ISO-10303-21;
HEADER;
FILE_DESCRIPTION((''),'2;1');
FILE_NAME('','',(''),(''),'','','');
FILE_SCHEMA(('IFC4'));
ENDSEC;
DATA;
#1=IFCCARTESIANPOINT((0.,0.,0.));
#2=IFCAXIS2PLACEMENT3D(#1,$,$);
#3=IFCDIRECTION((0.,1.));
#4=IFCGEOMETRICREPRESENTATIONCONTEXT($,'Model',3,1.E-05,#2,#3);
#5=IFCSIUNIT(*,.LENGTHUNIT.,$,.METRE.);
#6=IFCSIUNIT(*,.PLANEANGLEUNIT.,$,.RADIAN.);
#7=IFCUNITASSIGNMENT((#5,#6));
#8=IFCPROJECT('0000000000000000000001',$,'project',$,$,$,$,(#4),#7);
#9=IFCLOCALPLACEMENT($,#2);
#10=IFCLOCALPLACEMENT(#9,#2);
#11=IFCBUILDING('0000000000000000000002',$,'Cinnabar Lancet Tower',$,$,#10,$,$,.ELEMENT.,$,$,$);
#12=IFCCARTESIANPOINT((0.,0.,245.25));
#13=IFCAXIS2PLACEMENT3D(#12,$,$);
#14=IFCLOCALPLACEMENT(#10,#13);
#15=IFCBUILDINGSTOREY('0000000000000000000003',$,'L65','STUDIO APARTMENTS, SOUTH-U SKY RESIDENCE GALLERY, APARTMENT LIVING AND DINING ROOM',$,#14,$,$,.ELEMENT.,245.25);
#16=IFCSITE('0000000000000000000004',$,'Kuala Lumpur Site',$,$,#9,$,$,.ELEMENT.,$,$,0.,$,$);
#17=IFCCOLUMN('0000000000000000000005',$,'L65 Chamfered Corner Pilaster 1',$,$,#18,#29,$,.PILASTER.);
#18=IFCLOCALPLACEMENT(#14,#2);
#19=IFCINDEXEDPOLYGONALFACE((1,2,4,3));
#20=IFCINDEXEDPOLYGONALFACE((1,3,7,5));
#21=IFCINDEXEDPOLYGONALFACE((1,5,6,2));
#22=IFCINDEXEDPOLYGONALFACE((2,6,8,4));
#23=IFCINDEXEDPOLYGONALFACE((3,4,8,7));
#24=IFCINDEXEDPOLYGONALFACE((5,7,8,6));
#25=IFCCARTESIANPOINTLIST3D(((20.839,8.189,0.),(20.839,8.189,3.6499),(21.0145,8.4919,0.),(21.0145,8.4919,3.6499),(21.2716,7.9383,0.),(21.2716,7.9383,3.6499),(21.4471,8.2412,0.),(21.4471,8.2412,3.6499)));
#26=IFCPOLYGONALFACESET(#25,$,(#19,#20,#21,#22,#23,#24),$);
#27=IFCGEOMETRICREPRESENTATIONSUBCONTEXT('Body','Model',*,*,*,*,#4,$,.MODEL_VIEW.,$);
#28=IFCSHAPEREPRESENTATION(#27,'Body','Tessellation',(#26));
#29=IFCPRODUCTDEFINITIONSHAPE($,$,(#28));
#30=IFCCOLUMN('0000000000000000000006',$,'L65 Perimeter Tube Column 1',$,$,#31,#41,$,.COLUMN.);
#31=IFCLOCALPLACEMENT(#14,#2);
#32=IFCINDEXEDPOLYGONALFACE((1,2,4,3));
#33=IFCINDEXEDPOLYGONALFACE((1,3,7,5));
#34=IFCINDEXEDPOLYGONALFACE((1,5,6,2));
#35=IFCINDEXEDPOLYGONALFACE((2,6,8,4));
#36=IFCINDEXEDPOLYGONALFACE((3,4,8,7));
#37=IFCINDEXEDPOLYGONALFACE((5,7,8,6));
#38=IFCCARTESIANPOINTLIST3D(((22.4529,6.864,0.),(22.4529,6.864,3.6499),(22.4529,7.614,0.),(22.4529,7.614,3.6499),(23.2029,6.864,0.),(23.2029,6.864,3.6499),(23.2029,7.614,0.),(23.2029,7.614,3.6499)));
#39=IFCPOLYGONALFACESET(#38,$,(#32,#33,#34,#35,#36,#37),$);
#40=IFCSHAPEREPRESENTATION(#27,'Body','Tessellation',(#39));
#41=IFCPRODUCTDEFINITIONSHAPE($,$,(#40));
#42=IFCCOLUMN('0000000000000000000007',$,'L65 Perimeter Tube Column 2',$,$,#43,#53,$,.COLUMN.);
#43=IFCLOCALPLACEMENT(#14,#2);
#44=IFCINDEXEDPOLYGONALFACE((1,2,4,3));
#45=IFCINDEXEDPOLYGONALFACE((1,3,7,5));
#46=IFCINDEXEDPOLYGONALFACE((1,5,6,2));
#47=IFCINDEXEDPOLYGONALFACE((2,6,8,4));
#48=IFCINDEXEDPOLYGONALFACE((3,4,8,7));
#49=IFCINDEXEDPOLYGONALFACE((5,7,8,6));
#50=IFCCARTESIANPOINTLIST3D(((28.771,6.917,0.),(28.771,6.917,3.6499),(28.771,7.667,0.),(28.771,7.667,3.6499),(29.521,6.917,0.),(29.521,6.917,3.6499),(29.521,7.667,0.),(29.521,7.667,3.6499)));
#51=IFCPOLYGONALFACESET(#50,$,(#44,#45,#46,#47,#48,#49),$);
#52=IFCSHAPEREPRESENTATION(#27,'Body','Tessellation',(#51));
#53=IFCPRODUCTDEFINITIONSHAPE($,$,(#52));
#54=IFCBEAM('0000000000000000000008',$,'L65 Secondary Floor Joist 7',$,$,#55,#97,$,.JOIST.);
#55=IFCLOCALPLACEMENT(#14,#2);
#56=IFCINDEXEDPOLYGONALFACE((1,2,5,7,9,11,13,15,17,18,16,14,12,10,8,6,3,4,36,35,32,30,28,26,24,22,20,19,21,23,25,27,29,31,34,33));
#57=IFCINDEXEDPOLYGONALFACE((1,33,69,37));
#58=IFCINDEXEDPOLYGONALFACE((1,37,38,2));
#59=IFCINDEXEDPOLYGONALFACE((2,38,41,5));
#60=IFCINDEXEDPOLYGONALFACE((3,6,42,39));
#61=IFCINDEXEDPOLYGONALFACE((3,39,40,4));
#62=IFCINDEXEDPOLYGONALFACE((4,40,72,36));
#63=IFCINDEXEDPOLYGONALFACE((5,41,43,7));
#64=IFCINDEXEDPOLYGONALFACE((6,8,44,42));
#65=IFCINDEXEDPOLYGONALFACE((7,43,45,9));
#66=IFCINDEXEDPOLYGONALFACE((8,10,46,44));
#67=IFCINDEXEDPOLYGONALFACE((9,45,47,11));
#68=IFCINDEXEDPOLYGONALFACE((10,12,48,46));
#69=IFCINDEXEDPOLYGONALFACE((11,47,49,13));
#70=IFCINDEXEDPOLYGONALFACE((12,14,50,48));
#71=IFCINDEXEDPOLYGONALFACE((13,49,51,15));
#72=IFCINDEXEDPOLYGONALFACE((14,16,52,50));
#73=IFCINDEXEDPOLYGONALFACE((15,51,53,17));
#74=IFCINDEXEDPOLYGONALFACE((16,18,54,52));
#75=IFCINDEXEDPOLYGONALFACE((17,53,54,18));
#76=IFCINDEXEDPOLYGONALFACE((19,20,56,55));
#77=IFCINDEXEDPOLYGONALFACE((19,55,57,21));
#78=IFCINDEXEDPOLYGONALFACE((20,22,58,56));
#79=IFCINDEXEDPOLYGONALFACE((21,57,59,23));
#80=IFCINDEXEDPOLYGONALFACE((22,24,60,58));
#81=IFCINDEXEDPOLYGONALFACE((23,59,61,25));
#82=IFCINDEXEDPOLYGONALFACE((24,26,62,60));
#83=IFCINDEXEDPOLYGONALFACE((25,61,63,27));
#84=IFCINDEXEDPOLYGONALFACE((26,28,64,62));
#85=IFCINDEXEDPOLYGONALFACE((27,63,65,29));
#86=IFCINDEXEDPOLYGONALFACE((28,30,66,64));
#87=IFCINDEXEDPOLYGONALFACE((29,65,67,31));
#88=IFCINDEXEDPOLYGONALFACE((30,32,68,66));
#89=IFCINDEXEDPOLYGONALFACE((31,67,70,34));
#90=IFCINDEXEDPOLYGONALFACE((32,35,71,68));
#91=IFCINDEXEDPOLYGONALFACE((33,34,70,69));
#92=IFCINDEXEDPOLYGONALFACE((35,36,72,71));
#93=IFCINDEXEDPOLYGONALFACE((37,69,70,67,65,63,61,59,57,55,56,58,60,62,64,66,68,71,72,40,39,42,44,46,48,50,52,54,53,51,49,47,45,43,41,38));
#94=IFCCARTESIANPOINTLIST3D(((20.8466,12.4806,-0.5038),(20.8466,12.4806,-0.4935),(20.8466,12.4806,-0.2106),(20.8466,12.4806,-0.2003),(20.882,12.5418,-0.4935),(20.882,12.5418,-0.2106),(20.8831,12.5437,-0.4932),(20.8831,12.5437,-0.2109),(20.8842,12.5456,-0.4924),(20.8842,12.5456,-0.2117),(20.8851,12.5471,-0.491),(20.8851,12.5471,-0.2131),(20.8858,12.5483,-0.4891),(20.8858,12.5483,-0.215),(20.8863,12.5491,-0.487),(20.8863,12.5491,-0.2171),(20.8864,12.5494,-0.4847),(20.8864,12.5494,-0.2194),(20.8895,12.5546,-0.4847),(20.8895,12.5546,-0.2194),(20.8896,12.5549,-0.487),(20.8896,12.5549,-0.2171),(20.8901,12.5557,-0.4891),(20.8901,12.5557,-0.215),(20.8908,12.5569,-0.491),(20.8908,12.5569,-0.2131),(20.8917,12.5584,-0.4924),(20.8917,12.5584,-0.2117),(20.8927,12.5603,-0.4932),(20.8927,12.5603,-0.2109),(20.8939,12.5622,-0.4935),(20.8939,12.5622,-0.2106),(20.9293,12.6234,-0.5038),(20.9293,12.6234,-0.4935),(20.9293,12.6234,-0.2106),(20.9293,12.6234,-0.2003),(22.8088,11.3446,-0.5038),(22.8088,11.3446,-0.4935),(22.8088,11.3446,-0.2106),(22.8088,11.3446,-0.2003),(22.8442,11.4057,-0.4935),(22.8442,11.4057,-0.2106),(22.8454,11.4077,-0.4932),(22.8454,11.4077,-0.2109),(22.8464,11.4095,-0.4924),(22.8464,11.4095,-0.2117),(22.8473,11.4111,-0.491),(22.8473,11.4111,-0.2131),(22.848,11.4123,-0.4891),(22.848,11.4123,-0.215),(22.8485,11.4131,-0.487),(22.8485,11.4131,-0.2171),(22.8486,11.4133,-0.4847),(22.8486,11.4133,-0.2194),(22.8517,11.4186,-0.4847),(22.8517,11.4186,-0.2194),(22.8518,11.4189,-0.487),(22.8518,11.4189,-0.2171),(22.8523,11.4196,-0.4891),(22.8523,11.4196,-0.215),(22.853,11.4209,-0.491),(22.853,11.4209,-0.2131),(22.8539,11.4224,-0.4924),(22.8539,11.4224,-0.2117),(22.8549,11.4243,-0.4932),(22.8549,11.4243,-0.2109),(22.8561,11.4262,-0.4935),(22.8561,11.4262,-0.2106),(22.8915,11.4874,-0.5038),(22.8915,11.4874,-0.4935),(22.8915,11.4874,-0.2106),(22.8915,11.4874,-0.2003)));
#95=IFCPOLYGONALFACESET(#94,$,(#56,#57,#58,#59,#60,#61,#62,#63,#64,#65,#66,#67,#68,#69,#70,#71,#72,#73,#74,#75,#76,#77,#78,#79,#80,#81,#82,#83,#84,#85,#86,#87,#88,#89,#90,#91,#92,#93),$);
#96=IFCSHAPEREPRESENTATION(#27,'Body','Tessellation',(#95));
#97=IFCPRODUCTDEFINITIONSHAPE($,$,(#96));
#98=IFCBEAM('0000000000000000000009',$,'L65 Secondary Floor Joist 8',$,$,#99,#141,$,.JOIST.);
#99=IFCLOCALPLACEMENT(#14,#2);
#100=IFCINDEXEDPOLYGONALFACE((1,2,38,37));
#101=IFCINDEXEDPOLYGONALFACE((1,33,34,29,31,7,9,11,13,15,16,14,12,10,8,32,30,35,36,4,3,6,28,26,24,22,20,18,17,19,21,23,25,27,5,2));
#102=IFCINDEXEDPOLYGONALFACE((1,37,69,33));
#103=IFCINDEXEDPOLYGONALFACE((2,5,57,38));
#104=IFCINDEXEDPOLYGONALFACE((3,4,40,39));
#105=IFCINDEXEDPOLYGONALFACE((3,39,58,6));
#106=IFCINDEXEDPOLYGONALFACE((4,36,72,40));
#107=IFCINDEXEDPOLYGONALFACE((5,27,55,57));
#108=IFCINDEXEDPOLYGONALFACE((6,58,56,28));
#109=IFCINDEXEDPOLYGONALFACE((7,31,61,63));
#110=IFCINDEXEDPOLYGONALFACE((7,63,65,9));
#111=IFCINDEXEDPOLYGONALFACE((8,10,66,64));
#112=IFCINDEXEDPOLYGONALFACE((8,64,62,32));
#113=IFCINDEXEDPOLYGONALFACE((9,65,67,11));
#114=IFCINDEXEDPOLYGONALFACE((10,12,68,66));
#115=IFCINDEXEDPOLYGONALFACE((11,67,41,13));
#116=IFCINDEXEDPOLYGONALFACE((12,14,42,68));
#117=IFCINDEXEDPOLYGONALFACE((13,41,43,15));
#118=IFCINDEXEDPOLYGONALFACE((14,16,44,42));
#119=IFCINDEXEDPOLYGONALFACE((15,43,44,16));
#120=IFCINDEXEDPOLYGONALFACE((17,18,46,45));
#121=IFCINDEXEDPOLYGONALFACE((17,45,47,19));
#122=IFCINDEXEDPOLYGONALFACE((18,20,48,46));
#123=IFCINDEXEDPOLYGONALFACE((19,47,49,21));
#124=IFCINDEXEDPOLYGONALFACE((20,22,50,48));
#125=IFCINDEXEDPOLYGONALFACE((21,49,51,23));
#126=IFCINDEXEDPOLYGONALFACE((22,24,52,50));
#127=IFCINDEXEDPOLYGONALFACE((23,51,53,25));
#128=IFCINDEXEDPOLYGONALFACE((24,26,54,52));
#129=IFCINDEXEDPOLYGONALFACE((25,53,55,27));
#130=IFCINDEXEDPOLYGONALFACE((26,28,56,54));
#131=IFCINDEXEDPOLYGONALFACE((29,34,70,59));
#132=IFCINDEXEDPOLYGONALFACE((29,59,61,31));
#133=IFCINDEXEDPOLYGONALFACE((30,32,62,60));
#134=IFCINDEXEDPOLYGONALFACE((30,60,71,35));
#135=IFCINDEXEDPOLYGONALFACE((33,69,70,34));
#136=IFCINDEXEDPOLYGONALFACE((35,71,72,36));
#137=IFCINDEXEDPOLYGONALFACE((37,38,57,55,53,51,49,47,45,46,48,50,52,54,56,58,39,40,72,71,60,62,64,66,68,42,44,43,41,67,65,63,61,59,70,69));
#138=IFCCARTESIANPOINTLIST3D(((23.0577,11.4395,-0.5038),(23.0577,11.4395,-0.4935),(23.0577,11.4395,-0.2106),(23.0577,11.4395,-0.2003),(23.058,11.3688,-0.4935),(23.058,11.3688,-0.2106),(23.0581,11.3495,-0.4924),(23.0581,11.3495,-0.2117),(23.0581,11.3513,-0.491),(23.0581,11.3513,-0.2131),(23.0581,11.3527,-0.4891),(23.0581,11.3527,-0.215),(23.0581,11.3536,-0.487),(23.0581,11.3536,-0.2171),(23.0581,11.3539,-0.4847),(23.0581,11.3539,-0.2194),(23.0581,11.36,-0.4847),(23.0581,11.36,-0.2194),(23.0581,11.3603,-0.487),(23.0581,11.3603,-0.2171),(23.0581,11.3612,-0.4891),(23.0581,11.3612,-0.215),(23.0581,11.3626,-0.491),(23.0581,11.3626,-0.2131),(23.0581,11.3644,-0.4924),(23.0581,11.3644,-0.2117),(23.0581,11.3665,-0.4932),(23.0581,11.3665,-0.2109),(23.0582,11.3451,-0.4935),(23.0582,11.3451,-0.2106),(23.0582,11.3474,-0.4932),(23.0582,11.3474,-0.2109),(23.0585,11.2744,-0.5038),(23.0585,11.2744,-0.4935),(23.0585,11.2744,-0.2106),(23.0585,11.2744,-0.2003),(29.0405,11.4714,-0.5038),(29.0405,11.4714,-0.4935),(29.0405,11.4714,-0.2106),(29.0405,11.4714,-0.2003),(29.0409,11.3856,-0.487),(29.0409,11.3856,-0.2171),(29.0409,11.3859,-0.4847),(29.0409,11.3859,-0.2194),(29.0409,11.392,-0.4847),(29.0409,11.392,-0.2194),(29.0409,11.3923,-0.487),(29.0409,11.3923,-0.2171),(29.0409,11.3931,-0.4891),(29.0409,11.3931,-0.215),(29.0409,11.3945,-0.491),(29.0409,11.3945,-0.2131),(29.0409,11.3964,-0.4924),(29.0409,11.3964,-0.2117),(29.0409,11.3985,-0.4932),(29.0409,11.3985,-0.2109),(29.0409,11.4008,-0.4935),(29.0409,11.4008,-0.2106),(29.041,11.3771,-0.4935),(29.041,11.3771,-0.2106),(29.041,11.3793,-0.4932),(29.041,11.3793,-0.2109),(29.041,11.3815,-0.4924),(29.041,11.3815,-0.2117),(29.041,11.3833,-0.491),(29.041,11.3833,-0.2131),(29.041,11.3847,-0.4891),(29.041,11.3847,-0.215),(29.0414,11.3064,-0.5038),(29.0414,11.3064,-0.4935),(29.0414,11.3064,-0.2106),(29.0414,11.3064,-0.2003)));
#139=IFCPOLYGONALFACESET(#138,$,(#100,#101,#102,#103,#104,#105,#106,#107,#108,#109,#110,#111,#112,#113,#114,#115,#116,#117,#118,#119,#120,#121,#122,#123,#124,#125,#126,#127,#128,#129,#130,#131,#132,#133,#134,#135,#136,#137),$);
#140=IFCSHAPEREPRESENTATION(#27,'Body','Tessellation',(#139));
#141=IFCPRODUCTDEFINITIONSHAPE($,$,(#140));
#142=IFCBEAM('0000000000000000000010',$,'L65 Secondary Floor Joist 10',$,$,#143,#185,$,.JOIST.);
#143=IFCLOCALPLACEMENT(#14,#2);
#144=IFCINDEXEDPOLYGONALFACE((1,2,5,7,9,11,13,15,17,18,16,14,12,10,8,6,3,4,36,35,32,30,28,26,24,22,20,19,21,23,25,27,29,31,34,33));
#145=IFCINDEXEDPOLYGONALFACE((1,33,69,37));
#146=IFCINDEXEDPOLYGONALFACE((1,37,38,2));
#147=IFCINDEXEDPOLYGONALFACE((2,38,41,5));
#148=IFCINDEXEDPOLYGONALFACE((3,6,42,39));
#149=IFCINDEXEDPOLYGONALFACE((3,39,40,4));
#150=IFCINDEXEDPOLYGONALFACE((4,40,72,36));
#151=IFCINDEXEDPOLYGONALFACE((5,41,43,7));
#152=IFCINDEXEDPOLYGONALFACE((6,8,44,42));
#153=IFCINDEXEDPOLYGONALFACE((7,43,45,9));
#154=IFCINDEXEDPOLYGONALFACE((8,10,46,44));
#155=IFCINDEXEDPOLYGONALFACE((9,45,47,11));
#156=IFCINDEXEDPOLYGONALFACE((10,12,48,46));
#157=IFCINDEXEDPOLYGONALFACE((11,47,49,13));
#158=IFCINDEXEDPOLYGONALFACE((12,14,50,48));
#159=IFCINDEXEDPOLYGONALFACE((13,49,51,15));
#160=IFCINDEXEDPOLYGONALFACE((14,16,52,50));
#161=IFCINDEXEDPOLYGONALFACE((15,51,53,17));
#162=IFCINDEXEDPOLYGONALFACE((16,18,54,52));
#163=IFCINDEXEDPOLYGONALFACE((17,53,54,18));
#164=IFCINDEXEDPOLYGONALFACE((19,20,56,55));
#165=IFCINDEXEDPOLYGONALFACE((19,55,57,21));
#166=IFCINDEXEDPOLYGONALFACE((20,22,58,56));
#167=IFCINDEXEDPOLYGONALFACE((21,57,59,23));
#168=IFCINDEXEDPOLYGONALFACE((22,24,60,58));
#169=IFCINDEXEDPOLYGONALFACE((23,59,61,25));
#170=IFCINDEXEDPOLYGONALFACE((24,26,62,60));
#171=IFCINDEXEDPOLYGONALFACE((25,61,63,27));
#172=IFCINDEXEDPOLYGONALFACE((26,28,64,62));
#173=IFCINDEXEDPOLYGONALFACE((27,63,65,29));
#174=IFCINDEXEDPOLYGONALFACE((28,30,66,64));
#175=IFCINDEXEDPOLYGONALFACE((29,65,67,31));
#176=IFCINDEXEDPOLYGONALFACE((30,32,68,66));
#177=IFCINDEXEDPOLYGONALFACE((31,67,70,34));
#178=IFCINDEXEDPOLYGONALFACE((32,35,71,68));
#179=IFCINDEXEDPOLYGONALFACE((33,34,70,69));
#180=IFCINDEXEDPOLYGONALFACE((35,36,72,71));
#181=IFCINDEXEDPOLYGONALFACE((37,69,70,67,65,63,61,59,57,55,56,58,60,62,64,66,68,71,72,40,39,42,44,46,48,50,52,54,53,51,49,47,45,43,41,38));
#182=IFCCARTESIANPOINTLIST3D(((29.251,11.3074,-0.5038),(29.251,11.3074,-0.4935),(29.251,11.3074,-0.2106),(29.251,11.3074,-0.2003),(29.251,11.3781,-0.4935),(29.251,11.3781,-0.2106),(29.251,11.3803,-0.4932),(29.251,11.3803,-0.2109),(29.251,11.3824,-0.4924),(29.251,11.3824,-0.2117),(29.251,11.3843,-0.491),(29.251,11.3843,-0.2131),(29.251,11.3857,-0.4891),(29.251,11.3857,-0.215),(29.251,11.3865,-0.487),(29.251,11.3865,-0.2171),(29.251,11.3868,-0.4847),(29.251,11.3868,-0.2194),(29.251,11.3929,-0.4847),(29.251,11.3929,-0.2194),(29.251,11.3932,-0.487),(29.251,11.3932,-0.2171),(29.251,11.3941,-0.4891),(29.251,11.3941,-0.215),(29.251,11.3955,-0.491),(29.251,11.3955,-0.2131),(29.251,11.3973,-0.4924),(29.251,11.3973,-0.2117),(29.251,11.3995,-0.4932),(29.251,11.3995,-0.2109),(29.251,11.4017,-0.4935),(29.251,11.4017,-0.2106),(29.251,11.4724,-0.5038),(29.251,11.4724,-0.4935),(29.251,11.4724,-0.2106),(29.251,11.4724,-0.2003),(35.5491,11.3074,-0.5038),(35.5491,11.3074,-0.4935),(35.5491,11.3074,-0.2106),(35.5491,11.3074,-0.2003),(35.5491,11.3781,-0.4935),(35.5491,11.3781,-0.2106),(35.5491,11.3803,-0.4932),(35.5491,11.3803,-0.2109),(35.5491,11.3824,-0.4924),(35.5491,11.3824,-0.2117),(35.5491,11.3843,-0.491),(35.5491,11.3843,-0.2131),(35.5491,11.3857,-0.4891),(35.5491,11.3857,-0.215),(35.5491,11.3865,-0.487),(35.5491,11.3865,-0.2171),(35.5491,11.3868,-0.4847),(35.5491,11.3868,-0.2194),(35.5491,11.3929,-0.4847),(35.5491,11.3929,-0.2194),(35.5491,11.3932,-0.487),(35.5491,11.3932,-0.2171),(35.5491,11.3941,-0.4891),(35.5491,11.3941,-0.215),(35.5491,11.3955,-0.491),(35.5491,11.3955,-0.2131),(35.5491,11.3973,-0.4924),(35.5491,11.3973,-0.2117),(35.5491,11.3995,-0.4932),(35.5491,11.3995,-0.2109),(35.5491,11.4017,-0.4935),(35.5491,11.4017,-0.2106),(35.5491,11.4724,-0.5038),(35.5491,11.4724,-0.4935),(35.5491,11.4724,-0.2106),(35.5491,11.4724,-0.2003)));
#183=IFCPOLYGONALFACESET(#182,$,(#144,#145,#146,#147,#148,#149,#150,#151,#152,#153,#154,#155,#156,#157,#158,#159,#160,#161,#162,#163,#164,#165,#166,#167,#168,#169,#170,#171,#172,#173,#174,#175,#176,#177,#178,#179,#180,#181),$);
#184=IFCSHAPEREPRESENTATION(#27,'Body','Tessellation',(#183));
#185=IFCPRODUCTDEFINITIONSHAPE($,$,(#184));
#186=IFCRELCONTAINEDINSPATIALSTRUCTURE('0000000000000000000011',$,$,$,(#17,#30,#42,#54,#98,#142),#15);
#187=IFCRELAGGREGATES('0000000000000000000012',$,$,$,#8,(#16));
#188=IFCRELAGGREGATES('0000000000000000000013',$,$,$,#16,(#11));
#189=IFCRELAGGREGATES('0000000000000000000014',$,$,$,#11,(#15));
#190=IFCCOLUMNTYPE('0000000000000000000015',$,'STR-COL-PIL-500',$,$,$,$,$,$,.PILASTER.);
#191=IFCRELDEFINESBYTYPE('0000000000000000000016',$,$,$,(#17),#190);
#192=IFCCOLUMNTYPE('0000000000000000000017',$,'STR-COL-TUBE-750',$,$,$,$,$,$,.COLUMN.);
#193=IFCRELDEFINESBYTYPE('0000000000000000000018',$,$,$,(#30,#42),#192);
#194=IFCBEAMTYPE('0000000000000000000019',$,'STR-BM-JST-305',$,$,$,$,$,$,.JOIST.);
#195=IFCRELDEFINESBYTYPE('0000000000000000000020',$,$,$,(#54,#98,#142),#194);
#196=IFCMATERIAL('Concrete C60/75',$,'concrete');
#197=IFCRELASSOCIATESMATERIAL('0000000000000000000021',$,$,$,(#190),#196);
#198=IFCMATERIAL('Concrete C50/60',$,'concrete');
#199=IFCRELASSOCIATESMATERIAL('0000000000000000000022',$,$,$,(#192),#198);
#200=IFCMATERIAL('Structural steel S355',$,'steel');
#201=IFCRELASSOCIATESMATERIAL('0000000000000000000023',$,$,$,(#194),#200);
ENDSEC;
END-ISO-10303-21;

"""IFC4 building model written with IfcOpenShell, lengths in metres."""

from ifc_helpers import new_model, si_unit, direction, frame, origin, origin_2d, place, context, subcontext, project, spatial, rectangle, i_section, extrude, material, material_profile, profile_set, type_object, element, save


model = new_model("IFC4")

# Units and contexts
model_context = context("Model", 3, precision=1e-05, world=origin(), true_north=direction((0.0, 1.0)))
body_context = subcontext(model_context, "Body", "Model", "MODEL_VIEW")
ifc_project = project(units=[si_unit("LENGTHUNIT", "METRE"), si_unit("PLANEANGLEUNIT", "RADIAN")], contexts=[model_context])

# Site, building, storey
site_placement = place(None, origin())
site = spatial("IfcSite", under=ifc_project, at=site_placement, Name="Kuala Lumpur Site", CompositionType="ELEMENT", RefElevation=0.0)
building_placement = place(site_placement, origin())
building = spatial("IfcBuilding", under=site, at=building_placement, Name="Cinnabar Lancet Tower", CompositionType="ELEMENT")
storey_placement = place(building_placement, frame((0.0, 0.0, 245.25)))
storey = spatial("IfcBuildingStorey", under=building, at=storey_placement, Name="L65", Description="STUDIO APARTMENTS, SOUTH-U SKY RESIDENCE GALLERY, APARTMENT LIVING AND DINING ROOM", CompositionType="ELEMENT", Elevation=245.25)

# Columns
ifc_material_1 = material(Name="Concrete C60/75", Category="concrete")
ifc_material_profile_1 = material_profile(ifc_material_1, rectangle(XDim=0.5, YDim=0.3501, at=origin_2d()), Name="RC-PIL 500x350")
ifc_profile_set_1 = profile_set([ifc_material_profile_1], Name="Concrete C60/75")
column_type_1 = type_object("IfcColumnType", Name="STR-COL-PIL-500", PredefinedType="PILASTER", material=ifc_profile_set_1)
column_placement = place(storey_placement, frame((21.1431, 8.2151, 0.0), z_axis=(0.0, 0.0, 1.0), x_axis=(0.865256, -0.50133, 0.0)))
element("IfcColumn", 1, at=column_placement, inside=storey, type_object=column_type_1, Name="L65 Chamfered Corner Pilaster 1", PredefinedType="PILASTER", context=body_context, shape_type="SweptSolid", body=[
    extrude(rectangle(XDim=0.5, YDim=0.3501, at=origin_2d()), origin(), (0.0, 0.0, 1.0), 3.6499),
])
ifc_material_2 = material(Name="Concrete C50/60", Category="concrete")
ifc_material_profile_2 = material_profile(ifc_material_2, rectangle(XDim=0.75, YDim=0.75, at=origin_2d()), Name="RC-COL 750x750")
ifc_profile_set_2 = profile_set([ifc_material_profile_2], Name="Concrete C50/60")
column_type_2 = type_object("IfcColumnType", Name="STR-COL-TUBE-750", PredefinedType="COLUMN", material=ifc_profile_set_2)
for number, where, z_axis, x_axis, name in (
    (2, (22.8279, 7.239, 0.0), (0.0, 0.0, 1.0), (1.0, 0.0, 0.0), "L65 Perimeter Tube Column 1"),
    (3, (29.146, 7.292, 0.0), (0.0, 0.0, 1.0), (1.0, 0.0, 0.0), "L65 Perimeter Tube Column 2"),
):
    element("IfcColumn", number, at=place(storey_placement, frame(where, z_axis=z_axis, x_axis=x_axis)), inside=storey, type_object=column_type_2, Name=name, PredefinedType="COLUMN", context=body_context, shape_type="SweptSolid", body=[
        extrude(rectangle(XDim=0.75, YDim=0.75, at=origin_2d()), origin(), (0.0, 0.0, 1.0), 3.6499),
    ])

# Beams
ifc_material_3 = material(Name="Structural steel S355", Category="steel")
ifc_material_profile_3 = material_profile(ifc_material_3, i_section(OverallWidth=0.165, OverallDepth=0.3035, WebThickness=0.0061, FlangeThickness=0.0103, FilletRadius=0.0088, at=origin_2d()), Name="UKB 305x165x40")
ifc_profile_set_3 = profile_set([ifc_material_profile_3], Name="Structural steel S355")
beam_type_1 = type_object("IfcBeamType", Name="STR-BM-JST-305", PredefinedType="JOIST", material=ifc_profile_set_3)
beam_1_placement = place(storey_placement, frame((20.8879, 12.552, -0.3521), z_axis=(0.865426, -0.501036, 0.0), x_axis=(0.501036, 0.865426, 0.0)))
element("IfcBeam", 4, at=beam_1_placement, inside=storey, type_object=beam_type_1, Name="L65 Secondary Floor Joist 7", PredefinedType="JOIST", context=body_context, shape_type="SweptSolid", body=[
    extrude(i_section(OverallWidth=0.165, OverallDepth=0.3035, WebThickness=0.0061, FlangeThickness=0.0103, FilletRadius=0.0088, at=origin_2d()), origin(), (0.0, 0.0, 1.0), 2.2673),
])
beam_2_placement = place(storey_placement, frame((23.0581, 11.3569, -0.3521), z_axis=(0.999986, 0.005346, 0.0), x_axis=(-0.005346, 0.999986, 0.0)))
element("IfcBeam", 5, at=beam_2_placement, inside=storey, type_object=beam_type_1, Name="L65 Secondary Floor Joist 8", PredefinedType="JOIST", context=body_context, shape_type="SweptSolid", body=[
    extrude(i_section(OverallWidth=0.165, OverallDepth=0.3035, WebThickness=0.0061, FlangeThickness=0.0103, FilletRadius=0.0088, at=origin_2d()), origin(), (0.0, 0.0, 1.0), 5.9829),
])
beam_3_placement = place(storey_placement, frame((29.251, 11.3899, -0.3521), z_axis=(1.0, 0.0, 0.0), x_axis=(0.0, 1.0, 0.0)))
element("IfcBeam", 6, at=beam_3_placement, inside=storey, type_object=beam_type_1, Name="L65 Secondary Floor Joist 10", PredefinedType="JOIST", context=body_context, shape_type="SweptSolid", body=[
    extrude(i_section(OverallWidth=0.165, OverallDepth=0.3035, WebThickness=0.0061, FlangeThickness=0.0103, FilletRadius=0.0088, at=origin_2d()), origin(), (0.0, 0.0, 1.0), 6.2981),
])

save(model, "model.ifc")
